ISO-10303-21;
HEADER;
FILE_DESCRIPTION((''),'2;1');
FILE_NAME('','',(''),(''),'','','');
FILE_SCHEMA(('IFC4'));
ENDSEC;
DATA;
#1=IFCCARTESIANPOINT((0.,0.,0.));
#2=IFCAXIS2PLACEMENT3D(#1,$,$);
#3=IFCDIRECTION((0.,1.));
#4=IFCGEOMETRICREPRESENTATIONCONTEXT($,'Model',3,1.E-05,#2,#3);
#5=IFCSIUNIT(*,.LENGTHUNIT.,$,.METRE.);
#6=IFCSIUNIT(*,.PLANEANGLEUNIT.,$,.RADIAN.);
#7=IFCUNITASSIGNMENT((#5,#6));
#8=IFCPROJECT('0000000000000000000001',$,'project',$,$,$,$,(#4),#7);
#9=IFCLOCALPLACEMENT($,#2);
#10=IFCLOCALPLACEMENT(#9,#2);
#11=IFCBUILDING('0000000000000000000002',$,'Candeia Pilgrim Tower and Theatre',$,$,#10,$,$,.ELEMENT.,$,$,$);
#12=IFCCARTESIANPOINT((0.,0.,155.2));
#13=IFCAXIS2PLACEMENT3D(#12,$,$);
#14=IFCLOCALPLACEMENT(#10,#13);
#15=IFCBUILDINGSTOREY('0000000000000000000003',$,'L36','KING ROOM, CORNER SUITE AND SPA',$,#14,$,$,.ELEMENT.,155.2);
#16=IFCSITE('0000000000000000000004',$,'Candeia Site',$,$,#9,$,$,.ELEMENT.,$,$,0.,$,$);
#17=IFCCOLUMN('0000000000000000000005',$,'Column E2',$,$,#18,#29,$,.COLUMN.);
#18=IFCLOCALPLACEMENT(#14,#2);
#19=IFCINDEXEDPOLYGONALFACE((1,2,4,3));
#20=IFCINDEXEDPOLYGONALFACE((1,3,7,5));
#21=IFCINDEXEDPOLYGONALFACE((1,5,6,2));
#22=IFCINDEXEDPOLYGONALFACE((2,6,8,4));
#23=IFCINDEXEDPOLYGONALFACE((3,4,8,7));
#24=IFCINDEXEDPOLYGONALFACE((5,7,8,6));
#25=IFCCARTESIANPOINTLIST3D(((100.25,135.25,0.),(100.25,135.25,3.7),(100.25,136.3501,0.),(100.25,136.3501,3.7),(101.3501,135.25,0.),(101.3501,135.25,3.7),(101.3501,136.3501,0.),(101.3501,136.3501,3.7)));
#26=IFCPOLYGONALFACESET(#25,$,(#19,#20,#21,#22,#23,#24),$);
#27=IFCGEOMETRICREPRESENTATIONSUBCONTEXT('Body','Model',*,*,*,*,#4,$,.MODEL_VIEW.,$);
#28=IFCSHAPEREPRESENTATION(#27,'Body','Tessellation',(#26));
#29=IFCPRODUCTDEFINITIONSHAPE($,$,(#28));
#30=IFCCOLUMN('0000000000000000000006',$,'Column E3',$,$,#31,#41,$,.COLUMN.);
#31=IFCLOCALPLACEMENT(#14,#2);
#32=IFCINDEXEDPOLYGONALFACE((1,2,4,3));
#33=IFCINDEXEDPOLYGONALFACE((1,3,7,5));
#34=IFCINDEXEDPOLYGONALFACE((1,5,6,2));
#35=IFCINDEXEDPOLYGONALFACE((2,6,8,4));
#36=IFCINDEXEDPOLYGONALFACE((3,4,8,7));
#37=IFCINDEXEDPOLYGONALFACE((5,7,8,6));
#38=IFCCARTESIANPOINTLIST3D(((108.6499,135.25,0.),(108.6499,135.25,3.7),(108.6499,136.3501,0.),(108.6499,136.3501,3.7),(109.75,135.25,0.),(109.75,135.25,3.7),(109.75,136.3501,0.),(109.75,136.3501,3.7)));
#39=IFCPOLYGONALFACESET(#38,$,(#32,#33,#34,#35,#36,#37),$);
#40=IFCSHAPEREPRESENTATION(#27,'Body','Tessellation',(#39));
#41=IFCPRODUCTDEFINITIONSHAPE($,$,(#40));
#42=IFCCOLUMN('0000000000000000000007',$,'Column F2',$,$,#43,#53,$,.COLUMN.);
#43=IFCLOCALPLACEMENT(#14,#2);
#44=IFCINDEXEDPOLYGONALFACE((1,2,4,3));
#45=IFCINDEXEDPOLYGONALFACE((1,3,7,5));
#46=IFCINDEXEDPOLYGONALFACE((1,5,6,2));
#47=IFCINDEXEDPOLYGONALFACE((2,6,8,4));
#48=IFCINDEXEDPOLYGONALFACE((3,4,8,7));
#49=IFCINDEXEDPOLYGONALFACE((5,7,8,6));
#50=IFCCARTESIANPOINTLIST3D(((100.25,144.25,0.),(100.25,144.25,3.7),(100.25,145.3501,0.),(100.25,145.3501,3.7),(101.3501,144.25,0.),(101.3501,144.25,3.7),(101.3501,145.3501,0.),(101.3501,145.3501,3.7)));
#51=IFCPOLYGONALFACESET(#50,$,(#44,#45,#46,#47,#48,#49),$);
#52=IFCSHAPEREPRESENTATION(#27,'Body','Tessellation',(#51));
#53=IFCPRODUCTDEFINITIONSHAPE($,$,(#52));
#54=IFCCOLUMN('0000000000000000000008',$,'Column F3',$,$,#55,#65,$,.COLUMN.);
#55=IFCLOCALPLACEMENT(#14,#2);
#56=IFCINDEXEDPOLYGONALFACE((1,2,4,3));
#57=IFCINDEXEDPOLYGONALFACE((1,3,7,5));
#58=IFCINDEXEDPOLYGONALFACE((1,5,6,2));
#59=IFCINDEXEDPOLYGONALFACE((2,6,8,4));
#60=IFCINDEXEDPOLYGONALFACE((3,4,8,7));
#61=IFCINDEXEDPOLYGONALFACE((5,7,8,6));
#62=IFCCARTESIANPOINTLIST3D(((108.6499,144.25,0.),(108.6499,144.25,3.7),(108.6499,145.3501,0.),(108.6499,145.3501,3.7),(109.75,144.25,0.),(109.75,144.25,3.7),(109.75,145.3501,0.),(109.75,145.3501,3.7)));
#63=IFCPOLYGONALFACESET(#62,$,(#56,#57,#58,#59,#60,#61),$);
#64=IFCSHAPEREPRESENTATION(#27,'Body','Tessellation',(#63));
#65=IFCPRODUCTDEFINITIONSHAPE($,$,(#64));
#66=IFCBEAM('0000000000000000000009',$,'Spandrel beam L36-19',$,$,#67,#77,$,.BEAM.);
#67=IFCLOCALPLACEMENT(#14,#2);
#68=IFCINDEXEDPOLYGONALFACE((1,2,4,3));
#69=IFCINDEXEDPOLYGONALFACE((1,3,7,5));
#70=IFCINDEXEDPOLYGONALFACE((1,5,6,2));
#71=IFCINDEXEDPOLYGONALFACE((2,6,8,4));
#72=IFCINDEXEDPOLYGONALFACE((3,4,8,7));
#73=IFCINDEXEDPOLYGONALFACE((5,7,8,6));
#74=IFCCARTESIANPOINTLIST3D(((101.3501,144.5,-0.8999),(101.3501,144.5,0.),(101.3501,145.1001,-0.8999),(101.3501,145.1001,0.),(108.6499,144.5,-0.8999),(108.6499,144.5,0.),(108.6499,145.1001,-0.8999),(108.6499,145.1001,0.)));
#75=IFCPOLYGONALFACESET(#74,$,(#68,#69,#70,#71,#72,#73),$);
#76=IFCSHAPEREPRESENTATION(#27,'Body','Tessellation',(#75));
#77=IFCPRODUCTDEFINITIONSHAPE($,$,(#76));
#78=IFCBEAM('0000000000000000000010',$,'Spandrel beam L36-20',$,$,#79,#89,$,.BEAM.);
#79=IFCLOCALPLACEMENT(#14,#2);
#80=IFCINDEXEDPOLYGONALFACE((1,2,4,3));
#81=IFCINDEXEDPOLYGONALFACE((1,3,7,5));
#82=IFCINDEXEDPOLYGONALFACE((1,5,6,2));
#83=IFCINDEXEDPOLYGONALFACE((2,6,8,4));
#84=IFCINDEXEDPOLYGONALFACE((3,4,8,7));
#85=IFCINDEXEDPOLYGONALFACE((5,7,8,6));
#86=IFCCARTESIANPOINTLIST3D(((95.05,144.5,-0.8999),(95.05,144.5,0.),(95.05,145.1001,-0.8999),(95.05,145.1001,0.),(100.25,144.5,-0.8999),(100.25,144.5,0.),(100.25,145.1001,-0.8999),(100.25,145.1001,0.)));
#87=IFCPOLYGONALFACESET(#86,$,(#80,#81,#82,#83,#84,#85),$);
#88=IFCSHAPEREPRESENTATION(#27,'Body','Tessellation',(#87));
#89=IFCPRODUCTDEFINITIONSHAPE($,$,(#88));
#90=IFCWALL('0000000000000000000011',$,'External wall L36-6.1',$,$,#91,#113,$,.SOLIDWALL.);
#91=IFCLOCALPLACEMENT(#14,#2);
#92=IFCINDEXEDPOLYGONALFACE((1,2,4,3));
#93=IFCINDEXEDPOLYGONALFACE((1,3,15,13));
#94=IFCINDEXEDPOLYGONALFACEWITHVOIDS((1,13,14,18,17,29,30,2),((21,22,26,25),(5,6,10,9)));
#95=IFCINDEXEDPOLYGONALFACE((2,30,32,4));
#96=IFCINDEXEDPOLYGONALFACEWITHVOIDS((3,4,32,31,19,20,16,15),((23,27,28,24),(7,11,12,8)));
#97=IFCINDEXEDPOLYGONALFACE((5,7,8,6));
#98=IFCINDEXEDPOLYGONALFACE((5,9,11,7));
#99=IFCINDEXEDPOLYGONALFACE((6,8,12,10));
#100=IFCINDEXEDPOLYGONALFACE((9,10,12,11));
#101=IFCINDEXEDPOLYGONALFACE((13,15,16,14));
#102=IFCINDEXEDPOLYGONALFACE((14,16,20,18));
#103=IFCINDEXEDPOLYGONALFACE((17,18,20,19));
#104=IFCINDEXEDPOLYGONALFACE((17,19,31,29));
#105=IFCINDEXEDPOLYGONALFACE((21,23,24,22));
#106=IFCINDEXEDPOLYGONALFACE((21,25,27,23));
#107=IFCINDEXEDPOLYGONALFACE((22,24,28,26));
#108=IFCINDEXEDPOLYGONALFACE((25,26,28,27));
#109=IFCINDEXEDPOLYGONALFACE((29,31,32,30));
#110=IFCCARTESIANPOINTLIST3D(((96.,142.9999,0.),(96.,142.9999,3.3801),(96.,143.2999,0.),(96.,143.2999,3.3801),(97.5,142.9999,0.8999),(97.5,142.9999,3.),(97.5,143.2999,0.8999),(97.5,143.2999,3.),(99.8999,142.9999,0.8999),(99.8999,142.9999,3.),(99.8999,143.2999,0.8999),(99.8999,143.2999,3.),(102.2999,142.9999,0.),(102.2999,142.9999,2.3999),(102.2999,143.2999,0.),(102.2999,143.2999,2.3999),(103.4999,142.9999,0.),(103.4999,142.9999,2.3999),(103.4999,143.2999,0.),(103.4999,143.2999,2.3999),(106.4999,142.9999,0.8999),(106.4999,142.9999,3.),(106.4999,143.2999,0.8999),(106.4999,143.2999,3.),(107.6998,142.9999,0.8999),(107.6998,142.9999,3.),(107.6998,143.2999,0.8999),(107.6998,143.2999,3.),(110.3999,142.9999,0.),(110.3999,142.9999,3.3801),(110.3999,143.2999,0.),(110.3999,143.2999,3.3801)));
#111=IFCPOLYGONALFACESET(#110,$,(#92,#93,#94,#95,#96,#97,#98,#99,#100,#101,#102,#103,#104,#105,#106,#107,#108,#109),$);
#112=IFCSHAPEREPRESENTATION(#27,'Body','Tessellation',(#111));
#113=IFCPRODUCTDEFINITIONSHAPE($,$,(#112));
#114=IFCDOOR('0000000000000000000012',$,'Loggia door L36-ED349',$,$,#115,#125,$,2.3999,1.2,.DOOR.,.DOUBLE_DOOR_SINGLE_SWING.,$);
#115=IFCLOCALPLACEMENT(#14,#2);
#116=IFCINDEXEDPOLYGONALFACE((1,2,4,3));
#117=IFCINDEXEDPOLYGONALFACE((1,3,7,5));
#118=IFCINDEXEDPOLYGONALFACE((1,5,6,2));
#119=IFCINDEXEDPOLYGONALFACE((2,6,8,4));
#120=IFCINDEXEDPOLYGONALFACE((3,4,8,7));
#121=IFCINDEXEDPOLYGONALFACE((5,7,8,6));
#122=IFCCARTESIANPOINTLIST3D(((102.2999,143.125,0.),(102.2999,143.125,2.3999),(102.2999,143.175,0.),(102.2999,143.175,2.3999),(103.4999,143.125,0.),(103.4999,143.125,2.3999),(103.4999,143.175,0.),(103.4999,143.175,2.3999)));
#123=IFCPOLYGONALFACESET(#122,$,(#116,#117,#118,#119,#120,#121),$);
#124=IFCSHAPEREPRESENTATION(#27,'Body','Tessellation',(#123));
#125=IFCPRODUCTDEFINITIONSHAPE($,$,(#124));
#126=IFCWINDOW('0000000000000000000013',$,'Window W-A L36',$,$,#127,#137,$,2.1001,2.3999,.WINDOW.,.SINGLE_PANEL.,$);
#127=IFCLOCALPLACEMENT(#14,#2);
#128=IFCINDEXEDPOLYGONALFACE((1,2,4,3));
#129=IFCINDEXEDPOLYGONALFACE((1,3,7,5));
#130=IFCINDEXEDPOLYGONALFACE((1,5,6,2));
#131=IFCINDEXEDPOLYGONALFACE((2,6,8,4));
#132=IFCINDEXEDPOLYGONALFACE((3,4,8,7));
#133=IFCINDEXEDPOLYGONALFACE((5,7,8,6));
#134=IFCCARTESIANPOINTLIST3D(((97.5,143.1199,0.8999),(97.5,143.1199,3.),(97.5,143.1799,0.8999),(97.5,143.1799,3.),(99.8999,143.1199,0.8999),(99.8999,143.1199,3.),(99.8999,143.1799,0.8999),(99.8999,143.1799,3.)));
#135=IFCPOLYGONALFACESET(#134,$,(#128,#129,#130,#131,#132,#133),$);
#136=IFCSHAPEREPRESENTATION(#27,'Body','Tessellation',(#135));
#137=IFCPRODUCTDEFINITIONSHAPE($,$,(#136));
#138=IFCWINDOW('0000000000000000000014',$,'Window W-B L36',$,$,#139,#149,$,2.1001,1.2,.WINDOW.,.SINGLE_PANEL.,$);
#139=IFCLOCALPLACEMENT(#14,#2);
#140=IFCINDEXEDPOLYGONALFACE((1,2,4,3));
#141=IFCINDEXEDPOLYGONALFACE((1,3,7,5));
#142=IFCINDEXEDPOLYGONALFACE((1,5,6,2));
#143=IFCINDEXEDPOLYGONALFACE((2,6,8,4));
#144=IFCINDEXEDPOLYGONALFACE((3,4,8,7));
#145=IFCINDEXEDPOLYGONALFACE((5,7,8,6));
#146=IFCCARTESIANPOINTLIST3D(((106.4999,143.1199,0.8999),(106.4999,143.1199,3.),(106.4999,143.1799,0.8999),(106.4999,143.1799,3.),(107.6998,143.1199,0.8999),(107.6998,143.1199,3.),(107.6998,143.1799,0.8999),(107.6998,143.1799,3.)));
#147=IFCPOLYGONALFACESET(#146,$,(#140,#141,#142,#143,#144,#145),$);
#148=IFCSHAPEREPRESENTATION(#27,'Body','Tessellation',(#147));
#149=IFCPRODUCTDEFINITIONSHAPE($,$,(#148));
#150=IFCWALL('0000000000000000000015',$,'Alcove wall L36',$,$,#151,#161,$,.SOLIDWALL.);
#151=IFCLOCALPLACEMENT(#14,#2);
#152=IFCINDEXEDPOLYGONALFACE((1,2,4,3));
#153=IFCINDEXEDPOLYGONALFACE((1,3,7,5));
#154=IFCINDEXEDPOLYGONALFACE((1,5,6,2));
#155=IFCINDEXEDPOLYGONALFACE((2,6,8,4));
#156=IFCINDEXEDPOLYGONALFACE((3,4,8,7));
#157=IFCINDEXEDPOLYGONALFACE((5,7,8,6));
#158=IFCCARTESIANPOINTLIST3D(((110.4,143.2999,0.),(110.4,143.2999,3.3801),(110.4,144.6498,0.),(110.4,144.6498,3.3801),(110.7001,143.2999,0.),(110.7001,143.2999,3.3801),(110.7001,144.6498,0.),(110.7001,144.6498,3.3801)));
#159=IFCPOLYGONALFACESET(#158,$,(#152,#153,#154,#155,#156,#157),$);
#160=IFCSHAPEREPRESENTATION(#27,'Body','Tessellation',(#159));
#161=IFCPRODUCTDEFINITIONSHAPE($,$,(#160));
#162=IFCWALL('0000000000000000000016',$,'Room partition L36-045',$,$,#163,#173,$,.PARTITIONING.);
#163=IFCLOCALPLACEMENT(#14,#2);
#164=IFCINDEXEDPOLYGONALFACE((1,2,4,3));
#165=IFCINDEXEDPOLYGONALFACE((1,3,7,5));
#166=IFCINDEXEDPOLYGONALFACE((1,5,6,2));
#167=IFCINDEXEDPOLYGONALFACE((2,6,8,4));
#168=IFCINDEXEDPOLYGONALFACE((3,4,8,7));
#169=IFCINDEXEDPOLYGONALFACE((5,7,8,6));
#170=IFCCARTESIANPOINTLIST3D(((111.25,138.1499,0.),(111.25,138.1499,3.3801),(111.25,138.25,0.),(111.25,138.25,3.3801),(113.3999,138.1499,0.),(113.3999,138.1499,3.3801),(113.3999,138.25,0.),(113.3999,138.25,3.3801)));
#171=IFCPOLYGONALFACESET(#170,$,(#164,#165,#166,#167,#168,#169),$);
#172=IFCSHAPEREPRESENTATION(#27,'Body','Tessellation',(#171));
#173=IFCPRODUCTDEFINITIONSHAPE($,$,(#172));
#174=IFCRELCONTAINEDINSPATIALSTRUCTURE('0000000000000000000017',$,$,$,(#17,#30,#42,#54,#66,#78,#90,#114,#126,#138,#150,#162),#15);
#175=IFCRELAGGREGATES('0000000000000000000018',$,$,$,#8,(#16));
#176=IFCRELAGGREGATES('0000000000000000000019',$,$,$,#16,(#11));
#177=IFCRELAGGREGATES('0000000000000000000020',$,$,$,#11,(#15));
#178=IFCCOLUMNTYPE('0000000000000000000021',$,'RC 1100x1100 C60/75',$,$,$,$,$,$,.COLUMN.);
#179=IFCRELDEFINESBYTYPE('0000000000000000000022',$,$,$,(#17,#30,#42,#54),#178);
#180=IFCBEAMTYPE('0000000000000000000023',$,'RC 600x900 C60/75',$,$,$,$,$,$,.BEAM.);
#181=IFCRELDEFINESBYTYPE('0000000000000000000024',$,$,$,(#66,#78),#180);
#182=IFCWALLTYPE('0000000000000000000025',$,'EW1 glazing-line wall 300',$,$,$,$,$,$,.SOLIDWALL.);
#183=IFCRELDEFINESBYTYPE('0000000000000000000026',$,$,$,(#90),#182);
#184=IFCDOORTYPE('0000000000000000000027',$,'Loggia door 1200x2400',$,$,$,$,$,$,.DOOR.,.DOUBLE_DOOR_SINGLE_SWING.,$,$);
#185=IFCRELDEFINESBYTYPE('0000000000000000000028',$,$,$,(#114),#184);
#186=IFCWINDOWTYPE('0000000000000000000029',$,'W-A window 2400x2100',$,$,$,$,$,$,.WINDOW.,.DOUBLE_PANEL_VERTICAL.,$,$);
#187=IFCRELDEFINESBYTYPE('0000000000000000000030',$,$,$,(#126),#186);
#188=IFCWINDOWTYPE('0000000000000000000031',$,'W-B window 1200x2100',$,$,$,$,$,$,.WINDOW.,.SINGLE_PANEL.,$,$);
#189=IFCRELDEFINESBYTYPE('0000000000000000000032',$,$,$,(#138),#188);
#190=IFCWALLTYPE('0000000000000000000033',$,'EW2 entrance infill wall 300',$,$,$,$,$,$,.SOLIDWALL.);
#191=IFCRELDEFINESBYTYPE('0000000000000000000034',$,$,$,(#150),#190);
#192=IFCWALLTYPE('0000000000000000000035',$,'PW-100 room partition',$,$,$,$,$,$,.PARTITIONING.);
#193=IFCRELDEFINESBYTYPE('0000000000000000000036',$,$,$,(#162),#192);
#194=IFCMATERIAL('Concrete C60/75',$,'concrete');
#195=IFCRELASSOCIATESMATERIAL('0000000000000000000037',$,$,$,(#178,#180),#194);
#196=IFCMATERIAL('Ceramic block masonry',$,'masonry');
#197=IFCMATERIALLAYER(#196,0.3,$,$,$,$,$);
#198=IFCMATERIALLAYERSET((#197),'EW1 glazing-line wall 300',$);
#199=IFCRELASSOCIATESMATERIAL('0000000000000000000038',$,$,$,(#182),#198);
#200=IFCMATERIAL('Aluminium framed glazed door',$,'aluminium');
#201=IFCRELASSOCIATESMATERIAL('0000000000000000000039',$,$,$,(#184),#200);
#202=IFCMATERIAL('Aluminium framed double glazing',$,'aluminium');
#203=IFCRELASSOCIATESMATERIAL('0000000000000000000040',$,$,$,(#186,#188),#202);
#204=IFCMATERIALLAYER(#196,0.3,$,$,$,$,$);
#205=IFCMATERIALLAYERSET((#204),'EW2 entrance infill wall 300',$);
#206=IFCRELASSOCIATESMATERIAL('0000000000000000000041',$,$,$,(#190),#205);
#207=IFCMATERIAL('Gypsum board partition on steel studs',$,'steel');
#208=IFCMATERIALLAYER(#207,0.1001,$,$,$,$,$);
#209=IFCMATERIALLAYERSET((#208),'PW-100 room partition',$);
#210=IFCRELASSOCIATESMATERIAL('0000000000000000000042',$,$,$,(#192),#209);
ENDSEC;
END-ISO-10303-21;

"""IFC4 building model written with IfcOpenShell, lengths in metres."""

from ifc_helpers import new_model, si_unit, direction, frame, frame_2d, origin, origin_2d, place, context, subcontext, project, spatial, rectangle, extrude, material, layer, layer_set, material_profile, profile_set, type_object, element, fill, save


model = new_model("IFC4")

# Units and contexts
model_context = context("Model", 3, precision=1e-05, world=origin(), true_north=direction((0.0, 1.0)))
body_context = subcontext(model_context, "Body", "Model", "MODEL_VIEW")
ifc_project = project(units=[si_unit("LENGTHUNIT", "METRE"), si_unit("PLANEANGLEUNIT", "RADIAN")], contexts=[model_context])

# Site, building, storey
site_placement = place(None, origin())
site = spatial("IfcSite", under=ifc_project, at=site_placement, Name="Candeia Site", CompositionType="ELEMENT", RefElevation=0.0)
building_placement = place(site_placement, origin())
building = spatial("IfcBuilding", under=site, at=building_placement, Name="Candeia Pilgrim Tower and Theatre", CompositionType="ELEMENT")
storey_placement = place(building_placement, frame((0.0, 0.0, 155.2)))
storey = spatial("IfcBuildingStorey", under=building, at=storey_placement, Name="L36", Description="KING ROOM, CORNER SUITE AND SPA", CompositionType="ELEMENT", Elevation=155.2)

# Columns
ifc_material_1 = material(Name="Concrete C60/75", Category="concrete")
ifc_material_profile_1 = material_profile(ifc_material_1, rectangle(XDim=1.1001, YDim=1.1001, at=origin_2d()))
ifc_profile_set_1 = profile_set([ifc_material_profile_1], Name="Concrete C60/75")
column_type = type_object("IfcColumnType", Name="RC 1100x1100 C60/75", PredefinedType="COLUMN", material=ifc_profile_set_1)
for number, where, z_axis, x_axis, name in (
    (1, (100.8, 135.8, 0.0), (0.0, 0.0, 1.0), (1.0, 0.0, 0.0), "Column E2"),
    (2, (109.2, 135.8, 0.0), (0.0, 0.0, 1.0), (1.0, 0.0, 0.0), "Column E3"),
    (3, (100.8, 144.8, 0.0), (0.0, 0.0, 1.0), (1.0, 0.0, 0.0), "Column F2"),
    (4, (109.2, 144.8, 0.0), (0.0, 0.0, 1.0), (1.0, 0.0, 0.0), "Column F3"),
):
    element("IfcColumn", number, at=place(storey_placement, frame(where, z_axis=z_axis, x_axis=x_axis)), inside=storey, type_object=column_type, Name=name, PredefinedType="COLUMN", context=body_context, shape_type="SweptSolid", body=[
        extrude(rectangle(XDim=1.1001, YDim=1.1001, at=origin_2d()), origin(), (0.0, 0.0, 1.0), 3.7),
    ])

# Beams
ifc_material_profile_2 = material_profile(ifc_material_1, rectangle(XDim=0.6001, YDim=0.8999, at=origin_2d()))
ifc_profile_set_2 = profile_set([ifc_material_profile_2], Name="Concrete C60/75")
beam_type = type_object("IfcBeamType", Name="RC 600x900 C60/75", PredefinedType="BEAM", material=ifc_profile_set_2)
beam_1_placement = place(storey_placement, frame((108.6499, 144.8, -0.45), z_axis=(-1.0, 0.0, 0.0), x_axis=(0.0, -1.0, 0.0)))
element("IfcBeam", 5, at=beam_1_placement, inside=storey, type_object=beam_type, Name="Spandrel beam L36-19", PredefinedType="BEAM", context=body_context, shape_type="SweptSolid", body=[
    extrude(rectangle(XDim=0.6001, YDim=0.8999, at=origin_2d()), origin(), (0.0, 0.0, 1.0), 7.2998),
])
beam_2_placement = place(storey_placement, frame((100.25, 144.8, -0.45), z_axis=(-1.0, 0.0, 0.0), x_axis=(0.0, -1.0, 0.0)))
element("IfcBeam", 6, at=beam_2_placement, inside=storey, type_object=beam_type, Name="Spandrel beam L36-20", PredefinedType="BEAM", context=body_context, shape_type="SweptSolid", body=[
    extrude(rectangle(XDim=0.6001, YDim=0.8999, at=origin_2d()), origin(), (0.0, 0.0, 1.0), 5.2),
])

# Wall, openings, door, windows
ifc_material_2 = material(Name="Ceramic block masonry", Category="masonry")
ifc_layer_1 = layer(ifc_material_2, 0.3)
ifc_layer_set_1 = layer_set([ifc_layer_1], Name="EW1 glazing-line wall 300")
wall_type_1 = type_object("IfcWallType", Name="EW1 glazing-line wall 300", PredefinedType="SOLIDWALL", material=ifc_layer_set_1)
wall_1_placement = place(storey_placement, frame((110.3999, 143.1499, 0.0), z_axis=(0.0, 0.0, 1.0), x_axis=(-1.0, 0.0, 0.0)))
wall_1 = element("IfcWall", 7, at=wall_1_placement, inside=storey, type_object=wall_type_1, Name="External wall L36-6.1", PredefinedType="SOLIDWALL", context=body_context, shape_type="SweptSolid", body=[
    extrude(rectangle(XDim=14.3999, YDim=0.3, at=frame_2d((7.2, 0.0))), origin(), (0.0, 0.0, 1.0), 3.3801),
])
opening_1_placement = place(wall_1_placement, frame((2.7, 0.0, 0.8999)))
opening_1 = element("IfcOpeningElement", 8, at=opening_1_placement, cuts=wall_1, PredefinedType="OPENING", context=body_context, shape_type="SweptSolid", body=[
    extrude(rectangle(XDim=1.2, YDim=2.1001, at=frame_2d((0.6001, 1.05))), frame((0.0, 0.1602, 0.0), z_axis=(0.0, -1.0, 0.0), x_axis=(1.0, 0.0, 0.0)), (0.0, 0.0, 1.0), 0.3201),
])
opening_2_placement = place(wall_1_placement, frame((6.8999, 0.0, 0.0)))
opening_2 = element("IfcOpeningElement", 9, at=opening_2_placement, cuts=wall_1, PredefinedType="OPENING", context=body_context, shape_type="SweptSolid", body=[
    extrude(rectangle(XDim=1.2, YDim=2.3999, at=frame_2d((0.6001, 1.2))), frame((0.0, 0.1602, 0.0), z_axis=(0.0, -1.0, 0.0), x_axis=(1.0, 0.0, 0.0)), (0.0, 0.0, 1.0), 0.3201),
])
opening_3_placement = place(wall_1_placement, frame((10.5, 0.0, 0.8999)))
opening_3 = element("IfcOpeningElement", 10, at=opening_3_placement, cuts=wall_1, PredefinedType="OPENING", context=body_context, shape_type="SweptSolid", body=[
    extrude(rectangle(XDim=2.3999, YDim=2.1001, at=frame_2d((1.2, 1.05))), frame((0.0, 0.1602, 0.0), z_axis=(0.0, -1.0, 0.0), x_axis=(1.0, 0.0, 0.0)), (0.0, 0.0, 1.0), 0.3201),
])
ifc_material_3 = material(Name="Aluminium framed glazed door", Category="aluminium")
door_type_1 = type_object("IfcDoorType", Name="Loggia door 1200x2400", OperationType="DOUBLE_DOOR_SINGLE_SWING", PredefinedType="DOOR", material=ifc_material_3)
door_1_placement = place(opening_2_placement, origin())
door_1 = element("IfcDoor", 11, at=door_1_placement, inside=storey, type_object=door_type_1, Name="Loggia door L36-ED349", OperationType="DOUBLE_DOOR_SINGLE_SWING", OverallHeight=2.3999, OverallWidth=1.2, PredefinedType="DOOR", context=body_context, shape_type="SweptSolid", body=[
    extrude(rectangle(XDim=1.2, YDim=2.3999, at=frame_2d((0.6001, 1.2))), frame((0.0, 0.0249, 0.0), z_axis=(0.0, -1.0, 0.0), x_axis=(1.0, 0.0, 0.0)), (0.0, 0.0, 1.0), 0.05),
])
fill(opening_2, door_1)
ifc_material_4 = material(Name="Aluminium framed double glazing", Category="aluminium")
window_type_1 = type_object("IfcWindowType", Name="W-A window 2400x2100", PartitioningType="DOUBLE_PANEL_VERTICAL", PredefinedType="WINDOW", material=ifc_material_4)
window_1_placement = place(opening_3_placement, origin())
window_1 = element("IfcWindow", 12, at=window_1_placement, inside=storey, type_object=window_type_1, Name="Window W-A L36", OverallHeight=2.1001, OverallWidth=2.3999, PartitioningType="SINGLE_PANEL", PredefinedType="WINDOW", context=body_context, shape_type="SweptSolid", body=[
    extrude(rectangle(XDim=2.3999, YDim=2.1001, at=frame_2d((1.2, 1.05))), frame((0.0, 0.03, 0.0), z_axis=(0.0, -1.0, 0.0), x_axis=(1.0, 0.0, 0.0)), (0.0, 0.0, 1.0), 0.0601),
])
fill(opening_3, window_1)
window_type_2 = type_object("IfcWindowType", Name="W-B window 1200x2100", PartitioningType="SINGLE_PANEL", PredefinedType="WINDOW", material=ifc_material_4)
window_2_placement = place(opening_1_placement, origin())
window_2 = element("IfcWindow", 13, at=window_2_placement, inside=storey, type_object=window_type_2, Name="Window W-B L36", OverallHeight=2.1001, OverallWidth=1.2, PartitioningType="SINGLE_PANEL", PredefinedType="WINDOW", context=body_context, shape_type="SweptSolid", body=[
    extrude(rectangle(XDim=1.2, YDim=2.1001, at=frame_2d((0.6001, 1.05))), frame((0.0, 0.03, 0.0), z_axis=(0.0, -1.0, 0.0), x_axis=(1.0, 0.0, 0.0)), (0.0, 0.0, 1.0), 0.0601),
])
fill(opening_1, window_2)

# Walls
ifc_layer_2 = layer(ifc_material_2, 0.3)
ifc_layer_set_2 = layer_set([ifc_layer_2], Name="EW2 entrance infill wall 300")
wall_type_2 = type_object("IfcWallType", Name="EW2 entrance infill wall 300", PredefinedType="SOLIDWALL", material=ifc_layer_set_2)
wall_2_placement = place(storey_placement, frame((110.55, 143.3, 0.0), z_axis=(0.0, 0.0, 1.0), x_axis=(0.0, 1.0, 0.0)))
element("IfcWall", 14, at=wall_2_placement, inside=storey, type_object=wall_type_2, Name="Alcove wall L36", PredefinedType="SOLIDWALL", context=body_context, shape_type="SweptSolid", body=[
    extrude(rectangle(XDim=1.3499, YDim=0.3, at=frame_2d((0.6748, 0.0))), origin(), (0.0, 0.0, 1.0), 3.3801),
])
ifc_material_5 = material(Name="Gypsum board partition on steel studs", Category="steel")
ifc_layer_3 = layer(ifc_material_5, 0.1001)
ifc_layer_set_3 = layer_set([ifc_layer_3], Name="PW-100 room partition")
wall_type_3 = type_object("IfcWallType", Name="PW-100 room partition", PredefinedType="PARTITIONING", material=ifc_layer_set_3)
wall_3_placement = place(storey_placement, frame((111.25, 138.2, 0.0), z_axis=(0.0, 0.0, 1.0), x_axis=(1.0, 0.0, 0.0)))
element("IfcWall", 15, at=wall_3_placement, inside=storey, type_object=wall_type_3, Name="Room partition L36-045", PredefinedType="PARTITIONING", context=body_context, shape_type="SweptSolid", body=[
    extrude(rectangle(XDim=2.1499, YDim=0.1001, at=frame_2d((1.075, 0.0))), origin(), (0.0, 0.0, 1.0), 3.3801),
])

save(model, "model.ifc")
